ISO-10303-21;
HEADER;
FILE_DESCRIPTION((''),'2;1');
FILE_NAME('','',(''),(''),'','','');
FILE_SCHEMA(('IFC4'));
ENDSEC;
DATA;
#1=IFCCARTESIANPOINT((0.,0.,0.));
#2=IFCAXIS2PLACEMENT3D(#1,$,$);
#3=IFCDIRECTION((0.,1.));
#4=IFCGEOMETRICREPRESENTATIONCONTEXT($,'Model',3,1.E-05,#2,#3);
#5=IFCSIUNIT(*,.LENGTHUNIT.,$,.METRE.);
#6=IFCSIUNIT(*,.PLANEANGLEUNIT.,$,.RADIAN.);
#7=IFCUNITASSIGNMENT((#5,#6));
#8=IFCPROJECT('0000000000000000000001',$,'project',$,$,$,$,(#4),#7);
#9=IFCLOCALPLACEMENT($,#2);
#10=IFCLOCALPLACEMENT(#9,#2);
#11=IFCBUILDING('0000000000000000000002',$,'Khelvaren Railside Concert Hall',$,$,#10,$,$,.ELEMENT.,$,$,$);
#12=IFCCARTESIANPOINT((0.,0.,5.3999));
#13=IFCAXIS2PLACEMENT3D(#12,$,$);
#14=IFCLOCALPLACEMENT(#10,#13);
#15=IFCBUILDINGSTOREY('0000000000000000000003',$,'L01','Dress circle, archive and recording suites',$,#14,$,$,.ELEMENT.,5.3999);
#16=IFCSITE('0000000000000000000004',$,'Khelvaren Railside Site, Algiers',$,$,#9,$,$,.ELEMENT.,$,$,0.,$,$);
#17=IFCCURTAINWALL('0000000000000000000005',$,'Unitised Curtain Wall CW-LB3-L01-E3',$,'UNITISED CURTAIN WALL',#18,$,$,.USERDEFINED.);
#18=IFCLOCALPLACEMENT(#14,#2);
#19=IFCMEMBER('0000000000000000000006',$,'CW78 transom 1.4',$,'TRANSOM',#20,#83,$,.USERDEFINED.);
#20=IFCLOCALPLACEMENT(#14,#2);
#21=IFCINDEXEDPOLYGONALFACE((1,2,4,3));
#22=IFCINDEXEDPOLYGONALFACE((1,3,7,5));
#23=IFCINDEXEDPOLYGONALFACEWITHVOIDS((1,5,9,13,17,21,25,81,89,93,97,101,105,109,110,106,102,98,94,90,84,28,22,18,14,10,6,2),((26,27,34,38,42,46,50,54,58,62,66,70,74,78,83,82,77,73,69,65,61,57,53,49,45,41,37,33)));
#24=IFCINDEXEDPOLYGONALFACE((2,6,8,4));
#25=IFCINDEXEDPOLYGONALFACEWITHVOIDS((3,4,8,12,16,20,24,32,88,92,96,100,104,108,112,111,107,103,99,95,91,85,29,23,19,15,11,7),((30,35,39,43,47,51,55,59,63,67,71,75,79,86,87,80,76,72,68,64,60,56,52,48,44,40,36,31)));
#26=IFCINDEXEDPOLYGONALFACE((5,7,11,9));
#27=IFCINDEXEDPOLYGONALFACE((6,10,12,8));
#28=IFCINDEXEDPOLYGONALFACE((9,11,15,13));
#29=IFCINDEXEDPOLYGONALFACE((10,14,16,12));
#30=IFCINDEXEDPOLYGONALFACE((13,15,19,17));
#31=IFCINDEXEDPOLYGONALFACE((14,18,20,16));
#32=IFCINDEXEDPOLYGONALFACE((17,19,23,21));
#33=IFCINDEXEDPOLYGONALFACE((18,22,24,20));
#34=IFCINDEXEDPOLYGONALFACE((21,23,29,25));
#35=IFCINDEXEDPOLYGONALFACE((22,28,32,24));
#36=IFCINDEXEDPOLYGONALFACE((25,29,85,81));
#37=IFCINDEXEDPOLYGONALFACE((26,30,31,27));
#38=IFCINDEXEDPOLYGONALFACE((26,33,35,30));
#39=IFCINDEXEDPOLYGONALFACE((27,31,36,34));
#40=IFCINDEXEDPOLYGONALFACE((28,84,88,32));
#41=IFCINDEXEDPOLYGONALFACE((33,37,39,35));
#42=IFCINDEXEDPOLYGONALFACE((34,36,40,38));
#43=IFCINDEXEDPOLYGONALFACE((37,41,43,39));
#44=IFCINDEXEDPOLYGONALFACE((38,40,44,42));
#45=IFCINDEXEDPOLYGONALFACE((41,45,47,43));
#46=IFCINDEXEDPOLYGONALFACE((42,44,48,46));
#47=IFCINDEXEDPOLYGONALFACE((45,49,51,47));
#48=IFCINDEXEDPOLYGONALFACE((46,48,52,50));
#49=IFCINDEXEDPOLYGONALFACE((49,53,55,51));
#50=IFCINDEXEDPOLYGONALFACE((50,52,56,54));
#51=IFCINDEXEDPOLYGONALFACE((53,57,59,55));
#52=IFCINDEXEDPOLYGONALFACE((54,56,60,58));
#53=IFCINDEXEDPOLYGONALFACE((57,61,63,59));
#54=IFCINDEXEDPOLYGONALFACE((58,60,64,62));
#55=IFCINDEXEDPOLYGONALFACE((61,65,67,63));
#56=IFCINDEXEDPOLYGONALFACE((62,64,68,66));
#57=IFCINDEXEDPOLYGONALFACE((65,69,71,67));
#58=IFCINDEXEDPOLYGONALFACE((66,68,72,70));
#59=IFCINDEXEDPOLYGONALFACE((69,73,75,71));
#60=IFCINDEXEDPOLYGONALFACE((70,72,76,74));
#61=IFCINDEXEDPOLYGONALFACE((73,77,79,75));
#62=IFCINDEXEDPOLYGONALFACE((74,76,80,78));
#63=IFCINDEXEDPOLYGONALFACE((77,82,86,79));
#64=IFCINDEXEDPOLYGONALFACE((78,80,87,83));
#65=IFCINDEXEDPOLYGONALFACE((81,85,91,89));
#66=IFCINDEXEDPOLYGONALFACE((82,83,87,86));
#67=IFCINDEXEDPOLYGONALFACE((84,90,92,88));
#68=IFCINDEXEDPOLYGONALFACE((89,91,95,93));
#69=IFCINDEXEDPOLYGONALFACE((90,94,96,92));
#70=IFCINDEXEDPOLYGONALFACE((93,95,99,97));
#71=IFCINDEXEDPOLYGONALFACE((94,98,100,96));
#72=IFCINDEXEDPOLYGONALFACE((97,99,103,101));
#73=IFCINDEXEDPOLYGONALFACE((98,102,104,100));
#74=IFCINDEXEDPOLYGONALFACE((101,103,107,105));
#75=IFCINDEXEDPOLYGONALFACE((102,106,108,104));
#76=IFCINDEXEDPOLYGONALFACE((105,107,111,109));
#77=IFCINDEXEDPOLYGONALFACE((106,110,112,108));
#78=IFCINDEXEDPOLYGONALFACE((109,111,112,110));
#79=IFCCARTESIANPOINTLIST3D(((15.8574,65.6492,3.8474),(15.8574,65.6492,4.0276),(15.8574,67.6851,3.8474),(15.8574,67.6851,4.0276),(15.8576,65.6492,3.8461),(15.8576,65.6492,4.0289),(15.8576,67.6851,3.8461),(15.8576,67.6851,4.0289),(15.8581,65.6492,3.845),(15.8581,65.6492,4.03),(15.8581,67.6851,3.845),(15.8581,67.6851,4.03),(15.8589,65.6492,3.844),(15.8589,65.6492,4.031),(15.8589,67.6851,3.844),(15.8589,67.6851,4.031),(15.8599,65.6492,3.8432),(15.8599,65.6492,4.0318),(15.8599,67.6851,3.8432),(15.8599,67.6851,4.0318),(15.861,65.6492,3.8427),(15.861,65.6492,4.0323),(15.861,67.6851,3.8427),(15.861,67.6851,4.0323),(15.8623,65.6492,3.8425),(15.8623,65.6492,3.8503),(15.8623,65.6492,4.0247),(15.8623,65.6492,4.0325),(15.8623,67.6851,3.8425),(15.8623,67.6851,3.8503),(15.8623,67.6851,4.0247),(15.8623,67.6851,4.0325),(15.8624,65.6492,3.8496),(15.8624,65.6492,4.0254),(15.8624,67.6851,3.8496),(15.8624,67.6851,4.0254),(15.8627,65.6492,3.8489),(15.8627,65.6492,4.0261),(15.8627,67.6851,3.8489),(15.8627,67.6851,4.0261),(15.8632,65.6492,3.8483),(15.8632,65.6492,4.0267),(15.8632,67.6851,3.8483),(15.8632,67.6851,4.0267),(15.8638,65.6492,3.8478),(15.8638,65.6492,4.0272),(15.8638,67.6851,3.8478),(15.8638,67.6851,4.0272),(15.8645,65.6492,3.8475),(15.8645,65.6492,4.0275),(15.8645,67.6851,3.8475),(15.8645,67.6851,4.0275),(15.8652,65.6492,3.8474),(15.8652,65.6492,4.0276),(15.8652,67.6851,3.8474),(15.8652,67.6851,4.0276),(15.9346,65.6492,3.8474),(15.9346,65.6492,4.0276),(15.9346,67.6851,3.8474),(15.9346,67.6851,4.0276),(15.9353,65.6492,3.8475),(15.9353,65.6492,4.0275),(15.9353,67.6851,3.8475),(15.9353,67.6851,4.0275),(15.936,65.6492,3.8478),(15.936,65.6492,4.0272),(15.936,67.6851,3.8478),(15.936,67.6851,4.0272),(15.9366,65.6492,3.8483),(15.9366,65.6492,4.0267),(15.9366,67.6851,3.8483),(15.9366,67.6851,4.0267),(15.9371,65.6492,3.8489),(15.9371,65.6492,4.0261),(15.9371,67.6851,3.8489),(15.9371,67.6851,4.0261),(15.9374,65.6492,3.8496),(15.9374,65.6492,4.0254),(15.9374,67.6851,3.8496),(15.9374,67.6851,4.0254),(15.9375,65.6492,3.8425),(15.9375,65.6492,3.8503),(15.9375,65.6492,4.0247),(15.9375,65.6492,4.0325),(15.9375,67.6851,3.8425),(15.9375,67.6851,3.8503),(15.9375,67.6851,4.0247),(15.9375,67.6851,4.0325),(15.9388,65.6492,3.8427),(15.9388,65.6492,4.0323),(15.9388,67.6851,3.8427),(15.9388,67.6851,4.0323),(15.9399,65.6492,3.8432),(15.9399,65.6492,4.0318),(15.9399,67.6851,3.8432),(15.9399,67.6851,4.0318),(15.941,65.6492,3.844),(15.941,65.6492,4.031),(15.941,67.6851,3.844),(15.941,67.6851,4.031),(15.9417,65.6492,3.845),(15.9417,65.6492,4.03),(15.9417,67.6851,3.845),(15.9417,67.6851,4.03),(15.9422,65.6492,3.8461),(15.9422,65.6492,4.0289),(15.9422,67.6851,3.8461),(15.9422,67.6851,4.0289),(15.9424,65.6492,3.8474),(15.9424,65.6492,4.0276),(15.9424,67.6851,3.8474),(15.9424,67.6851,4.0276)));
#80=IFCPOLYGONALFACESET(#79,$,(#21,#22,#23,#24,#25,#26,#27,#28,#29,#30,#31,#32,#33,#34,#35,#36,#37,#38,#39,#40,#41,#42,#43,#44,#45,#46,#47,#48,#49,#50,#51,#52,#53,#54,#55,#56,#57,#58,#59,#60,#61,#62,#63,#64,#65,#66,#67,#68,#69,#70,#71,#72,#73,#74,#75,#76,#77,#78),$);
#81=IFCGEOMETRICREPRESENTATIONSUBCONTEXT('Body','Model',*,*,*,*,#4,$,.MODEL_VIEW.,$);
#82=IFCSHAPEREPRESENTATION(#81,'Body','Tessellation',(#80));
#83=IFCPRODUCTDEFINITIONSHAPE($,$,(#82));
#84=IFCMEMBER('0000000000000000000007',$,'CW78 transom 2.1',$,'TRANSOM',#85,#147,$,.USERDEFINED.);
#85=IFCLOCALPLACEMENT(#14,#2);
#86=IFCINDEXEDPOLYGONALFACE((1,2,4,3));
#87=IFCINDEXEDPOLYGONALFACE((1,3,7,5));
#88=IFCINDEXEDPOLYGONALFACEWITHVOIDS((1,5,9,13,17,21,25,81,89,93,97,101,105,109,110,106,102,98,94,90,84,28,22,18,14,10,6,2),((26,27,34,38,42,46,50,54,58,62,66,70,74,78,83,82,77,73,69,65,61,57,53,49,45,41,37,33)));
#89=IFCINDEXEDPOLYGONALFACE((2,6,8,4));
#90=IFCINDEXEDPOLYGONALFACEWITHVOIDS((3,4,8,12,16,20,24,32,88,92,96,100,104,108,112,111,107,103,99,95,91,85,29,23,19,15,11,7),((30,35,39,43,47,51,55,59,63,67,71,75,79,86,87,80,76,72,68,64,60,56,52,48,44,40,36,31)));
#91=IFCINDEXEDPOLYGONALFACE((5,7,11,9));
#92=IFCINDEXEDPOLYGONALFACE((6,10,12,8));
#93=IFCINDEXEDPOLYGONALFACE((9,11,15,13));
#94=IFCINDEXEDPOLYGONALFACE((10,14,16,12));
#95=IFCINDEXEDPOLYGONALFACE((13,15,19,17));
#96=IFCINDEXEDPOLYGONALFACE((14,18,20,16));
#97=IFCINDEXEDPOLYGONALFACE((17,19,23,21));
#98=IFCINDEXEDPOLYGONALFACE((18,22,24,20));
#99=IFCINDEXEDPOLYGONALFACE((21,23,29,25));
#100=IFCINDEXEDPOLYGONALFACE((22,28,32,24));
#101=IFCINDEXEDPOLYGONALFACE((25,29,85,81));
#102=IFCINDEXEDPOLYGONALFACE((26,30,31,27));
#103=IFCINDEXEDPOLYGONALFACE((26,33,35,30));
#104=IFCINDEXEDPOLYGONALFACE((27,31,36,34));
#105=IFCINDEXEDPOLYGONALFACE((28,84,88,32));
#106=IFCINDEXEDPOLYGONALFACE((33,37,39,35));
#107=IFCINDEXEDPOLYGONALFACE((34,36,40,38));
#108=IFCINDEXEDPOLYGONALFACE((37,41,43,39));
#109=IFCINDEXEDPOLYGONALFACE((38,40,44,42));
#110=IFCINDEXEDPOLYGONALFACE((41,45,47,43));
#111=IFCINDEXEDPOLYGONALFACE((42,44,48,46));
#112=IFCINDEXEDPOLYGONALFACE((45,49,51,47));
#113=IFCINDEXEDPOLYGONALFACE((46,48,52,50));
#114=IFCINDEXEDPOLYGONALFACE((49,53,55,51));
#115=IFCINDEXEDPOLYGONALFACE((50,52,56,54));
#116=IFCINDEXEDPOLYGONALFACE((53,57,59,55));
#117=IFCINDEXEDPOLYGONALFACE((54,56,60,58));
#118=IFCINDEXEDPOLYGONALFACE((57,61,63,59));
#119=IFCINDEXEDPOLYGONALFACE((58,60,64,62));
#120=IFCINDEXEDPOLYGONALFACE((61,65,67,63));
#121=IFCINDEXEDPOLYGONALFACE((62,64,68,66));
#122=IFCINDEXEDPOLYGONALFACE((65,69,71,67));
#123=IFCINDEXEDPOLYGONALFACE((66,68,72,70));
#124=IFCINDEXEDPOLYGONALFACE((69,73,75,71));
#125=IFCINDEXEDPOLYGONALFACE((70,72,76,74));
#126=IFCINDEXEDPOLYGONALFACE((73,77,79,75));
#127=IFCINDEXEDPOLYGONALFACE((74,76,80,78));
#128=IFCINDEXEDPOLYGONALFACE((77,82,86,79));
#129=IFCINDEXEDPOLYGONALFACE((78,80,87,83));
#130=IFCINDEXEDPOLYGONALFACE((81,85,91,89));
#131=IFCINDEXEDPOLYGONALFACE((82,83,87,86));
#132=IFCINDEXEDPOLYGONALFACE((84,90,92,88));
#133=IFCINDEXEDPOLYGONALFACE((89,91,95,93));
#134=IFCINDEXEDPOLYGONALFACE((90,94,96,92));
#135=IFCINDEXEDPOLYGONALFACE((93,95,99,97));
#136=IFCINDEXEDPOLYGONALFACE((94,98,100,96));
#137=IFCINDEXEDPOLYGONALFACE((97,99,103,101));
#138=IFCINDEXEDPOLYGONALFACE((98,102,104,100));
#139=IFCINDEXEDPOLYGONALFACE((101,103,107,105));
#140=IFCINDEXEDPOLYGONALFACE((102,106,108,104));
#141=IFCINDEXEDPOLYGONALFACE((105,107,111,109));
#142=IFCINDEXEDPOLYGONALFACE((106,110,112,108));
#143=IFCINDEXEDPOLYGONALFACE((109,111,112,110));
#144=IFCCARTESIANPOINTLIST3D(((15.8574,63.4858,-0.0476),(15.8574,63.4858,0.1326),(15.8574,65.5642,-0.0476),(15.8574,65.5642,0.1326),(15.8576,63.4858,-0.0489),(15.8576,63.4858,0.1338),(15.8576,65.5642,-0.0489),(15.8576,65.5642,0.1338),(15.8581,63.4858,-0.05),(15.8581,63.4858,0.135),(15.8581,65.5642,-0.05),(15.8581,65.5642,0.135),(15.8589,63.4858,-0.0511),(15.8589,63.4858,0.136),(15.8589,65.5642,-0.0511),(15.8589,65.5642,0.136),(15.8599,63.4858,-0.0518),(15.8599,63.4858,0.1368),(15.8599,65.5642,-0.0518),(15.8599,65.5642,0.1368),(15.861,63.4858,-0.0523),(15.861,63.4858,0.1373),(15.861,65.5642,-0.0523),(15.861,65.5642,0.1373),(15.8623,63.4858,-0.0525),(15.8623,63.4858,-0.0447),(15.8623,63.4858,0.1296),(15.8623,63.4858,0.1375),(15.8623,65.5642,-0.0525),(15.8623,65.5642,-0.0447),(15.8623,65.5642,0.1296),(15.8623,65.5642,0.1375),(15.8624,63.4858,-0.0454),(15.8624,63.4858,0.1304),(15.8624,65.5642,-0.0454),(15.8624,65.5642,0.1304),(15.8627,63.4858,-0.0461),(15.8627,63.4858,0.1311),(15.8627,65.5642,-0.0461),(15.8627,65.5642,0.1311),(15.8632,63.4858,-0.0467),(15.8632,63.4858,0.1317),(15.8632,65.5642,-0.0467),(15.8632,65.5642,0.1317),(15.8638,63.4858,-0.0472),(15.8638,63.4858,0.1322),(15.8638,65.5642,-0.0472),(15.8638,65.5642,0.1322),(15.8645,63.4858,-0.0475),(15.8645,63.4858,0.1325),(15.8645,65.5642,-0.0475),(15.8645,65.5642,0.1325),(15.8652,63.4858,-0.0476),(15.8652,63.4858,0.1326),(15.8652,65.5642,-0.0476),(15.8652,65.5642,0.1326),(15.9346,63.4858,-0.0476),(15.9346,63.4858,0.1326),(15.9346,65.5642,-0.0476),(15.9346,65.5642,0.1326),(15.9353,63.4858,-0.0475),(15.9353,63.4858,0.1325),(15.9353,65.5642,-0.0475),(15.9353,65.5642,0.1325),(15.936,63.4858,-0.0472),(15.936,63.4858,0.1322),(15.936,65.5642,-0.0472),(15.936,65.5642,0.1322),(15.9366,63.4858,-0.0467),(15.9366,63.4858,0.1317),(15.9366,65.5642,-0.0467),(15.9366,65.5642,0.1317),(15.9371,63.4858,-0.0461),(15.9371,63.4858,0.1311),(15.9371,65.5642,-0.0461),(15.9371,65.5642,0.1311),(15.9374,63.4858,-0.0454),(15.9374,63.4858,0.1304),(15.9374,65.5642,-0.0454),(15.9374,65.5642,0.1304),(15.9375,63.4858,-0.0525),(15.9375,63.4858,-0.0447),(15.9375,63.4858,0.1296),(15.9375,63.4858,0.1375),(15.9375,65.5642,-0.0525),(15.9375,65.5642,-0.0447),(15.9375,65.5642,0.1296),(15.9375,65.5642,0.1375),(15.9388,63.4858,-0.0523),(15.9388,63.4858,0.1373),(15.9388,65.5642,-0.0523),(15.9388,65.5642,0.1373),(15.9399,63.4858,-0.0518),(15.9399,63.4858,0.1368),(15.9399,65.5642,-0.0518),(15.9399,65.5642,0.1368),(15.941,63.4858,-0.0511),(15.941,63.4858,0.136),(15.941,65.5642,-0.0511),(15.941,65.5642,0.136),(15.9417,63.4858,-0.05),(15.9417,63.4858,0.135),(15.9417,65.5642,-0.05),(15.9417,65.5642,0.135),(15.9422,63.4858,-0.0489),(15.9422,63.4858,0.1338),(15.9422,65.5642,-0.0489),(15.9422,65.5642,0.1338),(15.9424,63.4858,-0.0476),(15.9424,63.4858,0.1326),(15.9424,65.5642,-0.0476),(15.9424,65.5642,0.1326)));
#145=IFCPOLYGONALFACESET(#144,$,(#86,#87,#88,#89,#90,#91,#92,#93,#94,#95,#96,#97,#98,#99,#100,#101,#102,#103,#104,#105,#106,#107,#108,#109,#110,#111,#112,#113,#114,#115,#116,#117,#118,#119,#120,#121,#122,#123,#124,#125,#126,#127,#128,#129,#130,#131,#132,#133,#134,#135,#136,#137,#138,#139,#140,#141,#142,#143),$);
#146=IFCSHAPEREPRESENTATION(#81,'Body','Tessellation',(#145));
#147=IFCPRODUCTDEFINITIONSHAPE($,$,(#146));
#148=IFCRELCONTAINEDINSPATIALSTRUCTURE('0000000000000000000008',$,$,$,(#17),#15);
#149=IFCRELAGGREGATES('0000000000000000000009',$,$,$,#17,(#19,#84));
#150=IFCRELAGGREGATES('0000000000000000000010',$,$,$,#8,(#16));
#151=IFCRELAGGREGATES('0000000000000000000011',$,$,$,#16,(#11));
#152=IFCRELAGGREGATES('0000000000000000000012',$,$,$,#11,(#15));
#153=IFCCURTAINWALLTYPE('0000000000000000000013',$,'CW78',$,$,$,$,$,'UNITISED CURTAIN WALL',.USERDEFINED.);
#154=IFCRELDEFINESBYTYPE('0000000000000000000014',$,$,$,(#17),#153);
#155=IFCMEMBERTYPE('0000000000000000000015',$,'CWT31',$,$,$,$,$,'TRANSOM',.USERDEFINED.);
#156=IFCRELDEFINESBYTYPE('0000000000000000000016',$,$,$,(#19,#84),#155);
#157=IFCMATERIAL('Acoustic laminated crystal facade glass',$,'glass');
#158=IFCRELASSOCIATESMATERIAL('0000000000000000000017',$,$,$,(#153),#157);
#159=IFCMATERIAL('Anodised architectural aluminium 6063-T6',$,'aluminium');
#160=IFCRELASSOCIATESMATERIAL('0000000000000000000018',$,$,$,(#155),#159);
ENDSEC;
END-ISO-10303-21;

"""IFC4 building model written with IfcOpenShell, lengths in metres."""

from ifc_helpers import new_model, si_unit, direction, frame, origin, origin_2d, place, context, subcontext, project, spatial, hollow_rectangle, extrude, material, material_profile, profile_set, type_object, element, aggregate, save


model = new_model("IFC4")

# Units and contexts
model_context = context("Model", 3, precision=1e-05, world=origin(), true_north=direction((0.0, 1.0)))
body_context = subcontext(model_context, "Body", "Model", "MODEL_VIEW")
ifc_project = project(units=[si_unit("LENGTHUNIT", "METRE"), si_unit("PLANEANGLEUNIT", "RADIAN")], contexts=[model_context])

# Site, building, storey
site_placement = place(None, origin())
site = spatial("IfcSite", under=ifc_project, at=site_placement, Name="Khelvaren Railside Site, Algiers", CompositionType="ELEMENT", RefElevation=0.0)
building_placement = place(site_placement, origin())
building = spatial("IfcBuilding", under=site, at=building_placement, Name="Khelvaren Railside Concert Hall", CompositionType="ELEMENT")
storey_placement = place(building_placement, frame((0.0, 0.0, 5.3999)))
storey = spatial("IfcBuildingStorey", under=building, at=storey_placement, Name="L01", Description="Dress circle, archive and recording suites", CompositionType="ELEMENT", Elevation=5.3999)

# Curtain wall, members
ifc_material_1 = material(Name="Acoustic laminated crystal facade glass", Category="glass")
curtain_wall_type = type_object("IfcCurtainWallType", Name="CW78", ElementType="UNITISED CURTAIN WALL", PredefinedType="USERDEFINED", material=ifc_material_1)
curtain_wall_placement = place(storey_placement, origin())
curtain_wall = element("IfcCurtainWall", 1, at=curtain_wall_placement, inside=storey, type_object=curtain_wall_type, Name="Unitised Curtain Wall CW-LB3-L01-E3", ObjectType="UNITISED CURTAIN WALL", PredefinedType="USERDEFINED")
ifc_material_2 = material(Name="Anodised architectural aluminium 6063-T6", Category="aluminium")
ifc_material_profile_1 = material_profile(ifc_material_2, hollow_rectangle(XDim=0.085, YDim=0.1899, WallThickness=0.0049, InnerFilletRadius=0.0029, OuterFilletRadius=0.0049, at=origin_2d()), Name="CWT 85x190x5")
ifc_profile_set_1 = profile_set([ifc_material_profile_1], Name="Anodised architectural aluminium 6063-T6")
member_type_1 = type_object("IfcMemberType", Name="CWT31", ElementType="TRANSOM", PredefinedType="USERDEFINED", material=ifc_profile_set_1)
member_1_placement = place(storey_placement, frame((15.8999, 67.6851, 3.9375), z_axis=(0.0, -1.0, 0.0), x_axis=(1.0, 0.0, 0.0)))
member_1 = element("IfcMember", 2, at=member_1_placement, type_object=member_type_1, Name="CW78 transom 1.4", ObjectType="TRANSOM", PredefinedType="USERDEFINED", context=body_context, shape_type="SweptSolid", body=[
    extrude(hollow_rectangle(XDim=0.085, YDim=0.1899, WallThickness=0.0049, InnerFilletRadius=0.0029, OuterFilletRadius=0.0049, at=origin_2d()), origin(), (0.0, 0.0, 1.0), 2.0359),
])
member_2_placement = place(storey_placement, frame((15.8999, 65.5642, 0.0425), z_axis=(0.0, -1.0, 0.0), x_axis=(1.0, 0.0, 0.0)))
member_2 = element("IfcMember", 3, at=member_2_placement, type_object=member_type_1, Name="CW78 transom 2.1", ObjectType="TRANSOM", PredefinedType="USERDEFINED", context=body_context, shape_type="SweptSolid", body=[
    extrude(hollow_rectangle(XDim=0.085, YDim=0.1899, WallThickness=0.0049, InnerFilletRadius=0.0029, OuterFilletRadius=0.0049, at=origin_2d()), origin(), (0.0, 0.0, 1.0), 2.0784),
])
aggregate(curtain_wall, [member_1, member_2])

save(model, "model.ifc")
